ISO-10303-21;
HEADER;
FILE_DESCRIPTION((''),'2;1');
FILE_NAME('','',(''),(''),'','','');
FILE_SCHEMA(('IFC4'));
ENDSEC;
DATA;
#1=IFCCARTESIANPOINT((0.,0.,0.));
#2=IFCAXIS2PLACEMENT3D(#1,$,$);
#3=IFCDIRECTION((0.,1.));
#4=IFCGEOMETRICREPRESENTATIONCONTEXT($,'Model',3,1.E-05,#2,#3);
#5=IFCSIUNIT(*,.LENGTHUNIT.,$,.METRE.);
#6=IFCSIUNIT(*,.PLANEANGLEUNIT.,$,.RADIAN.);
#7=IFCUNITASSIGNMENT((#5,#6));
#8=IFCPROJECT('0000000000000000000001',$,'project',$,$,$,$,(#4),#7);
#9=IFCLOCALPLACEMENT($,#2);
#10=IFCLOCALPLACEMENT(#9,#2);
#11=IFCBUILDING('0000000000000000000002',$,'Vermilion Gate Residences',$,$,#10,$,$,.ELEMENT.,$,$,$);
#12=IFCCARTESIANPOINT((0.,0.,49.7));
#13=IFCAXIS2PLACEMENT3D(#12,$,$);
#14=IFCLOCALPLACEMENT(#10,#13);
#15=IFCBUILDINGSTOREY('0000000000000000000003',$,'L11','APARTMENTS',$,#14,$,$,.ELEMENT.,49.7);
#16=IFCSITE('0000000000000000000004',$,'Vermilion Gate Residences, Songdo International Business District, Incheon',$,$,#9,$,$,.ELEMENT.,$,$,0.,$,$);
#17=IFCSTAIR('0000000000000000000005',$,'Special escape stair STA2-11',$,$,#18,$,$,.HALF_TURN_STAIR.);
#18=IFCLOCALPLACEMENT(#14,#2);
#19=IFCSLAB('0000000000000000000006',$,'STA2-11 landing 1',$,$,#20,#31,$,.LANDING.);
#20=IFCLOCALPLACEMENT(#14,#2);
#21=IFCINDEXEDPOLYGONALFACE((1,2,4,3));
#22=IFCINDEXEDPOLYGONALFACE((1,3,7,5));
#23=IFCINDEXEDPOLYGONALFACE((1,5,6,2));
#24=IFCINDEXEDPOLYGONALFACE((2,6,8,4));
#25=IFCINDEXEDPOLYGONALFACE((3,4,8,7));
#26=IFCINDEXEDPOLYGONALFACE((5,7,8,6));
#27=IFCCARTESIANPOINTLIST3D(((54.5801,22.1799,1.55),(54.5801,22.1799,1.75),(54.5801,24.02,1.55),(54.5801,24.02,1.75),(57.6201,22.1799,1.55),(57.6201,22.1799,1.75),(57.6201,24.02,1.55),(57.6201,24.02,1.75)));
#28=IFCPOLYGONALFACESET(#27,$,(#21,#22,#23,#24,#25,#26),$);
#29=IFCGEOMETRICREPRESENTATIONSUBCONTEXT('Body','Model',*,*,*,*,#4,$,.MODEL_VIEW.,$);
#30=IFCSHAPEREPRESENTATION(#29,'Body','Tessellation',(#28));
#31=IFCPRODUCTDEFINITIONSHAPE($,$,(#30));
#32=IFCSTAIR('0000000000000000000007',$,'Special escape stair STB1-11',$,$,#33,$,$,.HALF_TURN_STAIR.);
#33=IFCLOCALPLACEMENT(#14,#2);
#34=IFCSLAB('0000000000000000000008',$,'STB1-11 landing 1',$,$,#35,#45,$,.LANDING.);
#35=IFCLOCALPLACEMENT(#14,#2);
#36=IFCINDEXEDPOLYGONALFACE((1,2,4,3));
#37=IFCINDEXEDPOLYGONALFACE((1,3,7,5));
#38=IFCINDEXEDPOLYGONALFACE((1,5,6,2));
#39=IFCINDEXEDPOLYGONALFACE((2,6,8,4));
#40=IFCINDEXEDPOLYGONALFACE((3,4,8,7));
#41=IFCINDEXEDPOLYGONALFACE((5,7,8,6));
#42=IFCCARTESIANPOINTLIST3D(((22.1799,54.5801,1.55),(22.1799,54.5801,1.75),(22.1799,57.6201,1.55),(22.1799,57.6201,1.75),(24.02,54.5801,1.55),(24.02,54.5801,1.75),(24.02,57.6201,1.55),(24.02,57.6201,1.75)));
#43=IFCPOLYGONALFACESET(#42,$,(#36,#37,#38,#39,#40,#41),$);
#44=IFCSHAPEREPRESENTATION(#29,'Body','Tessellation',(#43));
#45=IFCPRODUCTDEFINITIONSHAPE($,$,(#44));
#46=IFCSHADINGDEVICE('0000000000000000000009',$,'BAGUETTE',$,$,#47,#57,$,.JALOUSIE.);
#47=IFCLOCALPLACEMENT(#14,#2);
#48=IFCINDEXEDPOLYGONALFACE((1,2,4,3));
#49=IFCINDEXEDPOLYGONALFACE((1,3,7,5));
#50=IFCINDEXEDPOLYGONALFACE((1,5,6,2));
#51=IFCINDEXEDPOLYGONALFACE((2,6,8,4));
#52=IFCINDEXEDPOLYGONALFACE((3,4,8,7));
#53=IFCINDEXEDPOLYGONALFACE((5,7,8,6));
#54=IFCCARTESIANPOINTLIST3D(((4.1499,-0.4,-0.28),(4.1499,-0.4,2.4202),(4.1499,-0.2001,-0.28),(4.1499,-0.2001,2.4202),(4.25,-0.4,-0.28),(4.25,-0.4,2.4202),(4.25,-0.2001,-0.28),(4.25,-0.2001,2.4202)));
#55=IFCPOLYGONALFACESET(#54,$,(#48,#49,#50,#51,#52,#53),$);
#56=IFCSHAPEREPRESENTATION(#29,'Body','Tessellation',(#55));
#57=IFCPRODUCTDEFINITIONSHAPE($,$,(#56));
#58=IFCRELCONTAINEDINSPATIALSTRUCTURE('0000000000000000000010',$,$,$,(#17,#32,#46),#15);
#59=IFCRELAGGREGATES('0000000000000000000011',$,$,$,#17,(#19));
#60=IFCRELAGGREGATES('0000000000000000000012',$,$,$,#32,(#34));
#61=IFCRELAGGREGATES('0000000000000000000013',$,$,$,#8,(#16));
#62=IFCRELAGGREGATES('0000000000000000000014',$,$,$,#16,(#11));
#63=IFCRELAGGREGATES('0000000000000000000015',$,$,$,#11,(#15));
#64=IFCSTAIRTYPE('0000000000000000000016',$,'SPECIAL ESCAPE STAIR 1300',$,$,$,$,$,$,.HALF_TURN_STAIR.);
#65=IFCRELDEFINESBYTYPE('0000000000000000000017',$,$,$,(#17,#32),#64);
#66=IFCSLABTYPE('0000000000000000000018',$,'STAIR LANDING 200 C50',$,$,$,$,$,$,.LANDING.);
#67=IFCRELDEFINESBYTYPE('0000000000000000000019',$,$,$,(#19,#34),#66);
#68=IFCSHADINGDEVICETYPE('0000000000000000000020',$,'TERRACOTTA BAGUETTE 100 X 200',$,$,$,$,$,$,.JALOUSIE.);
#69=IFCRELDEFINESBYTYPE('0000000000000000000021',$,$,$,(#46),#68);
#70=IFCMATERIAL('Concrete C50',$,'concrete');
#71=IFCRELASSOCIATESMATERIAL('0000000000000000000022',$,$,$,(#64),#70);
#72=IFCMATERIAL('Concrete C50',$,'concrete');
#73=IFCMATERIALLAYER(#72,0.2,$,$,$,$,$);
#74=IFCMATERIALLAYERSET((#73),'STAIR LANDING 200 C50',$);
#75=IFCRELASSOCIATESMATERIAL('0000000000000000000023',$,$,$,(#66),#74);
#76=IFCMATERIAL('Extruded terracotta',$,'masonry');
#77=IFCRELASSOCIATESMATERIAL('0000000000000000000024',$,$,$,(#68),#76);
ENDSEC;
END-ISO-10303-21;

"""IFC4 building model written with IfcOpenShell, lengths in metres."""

from ifc_helpers import new_model, si_unit, direction, frame, origin, origin_2d, place, context, subcontext, project, spatial, polyline, rectangle, outline, extrude, material, layer, layer_set, material_profile, profile_set, type_object, element, aggregate, save


model = new_model("IFC4")

# Units and contexts
model_context = context("Model", 3, precision=1e-05, world=origin(), true_north=direction((0.0, 1.0)))
body_context = subcontext(model_context, "Body", "Model", "MODEL_VIEW")
ifc_project = project(units=[si_unit("LENGTHUNIT", "METRE"), si_unit("PLANEANGLEUNIT", "RADIAN")], contexts=[model_context])

# Site, building, storey
site_placement = place(None, origin())
site = spatial("IfcSite", under=ifc_project, at=site_placement, Name="Vermilion Gate Residences, Songdo International Business District, Incheon", CompositionType="ELEMENT", RefElevation=0.0)
building_placement = place(site_placement, origin())
building = spatial("IfcBuilding", under=site, at=building_placement, Name="Vermilion Gate Residences", CompositionType="ELEMENT")
storey_placement = place(building_placement, frame((0.0, 0.0, 49.7)))
storey = spatial("IfcBuildingStorey", under=building, at=storey_placement, Name="L11", Description="APARTMENTS", CompositionType="ELEMENT", Elevation=49.7)

# Stairs, slabs
ifc_material_1 = material(Name="Concrete C50", Category="concrete")
stair_type = type_object("IfcStairType", Name="SPECIAL ESCAPE STAIR 1300", PredefinedType="HALF_TURN_STAIR", material=ifc_material_1)
ifc_material_2 = material(Name="Concrete C50", Category="concrete")
ifc_layer_1 = layer(ifc_material_2, 0.2)
ifc_layer_set_1 = layer_set([ifc_layer_1], Name="STAIR LANDING 200 C50")
slab_type_1 = type_object("IfcSlabType", Name="STAIR LANDING 200 C50", PredefinedType="LANDING", material=ifc_layer_set_1)
stair_1_placement = place(storey_placement, origin())
stair_1 = element("IfcStair", 1, at=stair_1_placement, inside=storey, type_object=stair_type, Name="Special escape stair STA2-11", PredefinedType="HALF_TURN_STAIR")
slab_1_placement = place(storey_placement, frame((0.0, 0.0, 1.55)))
slab_1 = element("IfcSlab", 2, at=slab_1_placement, type_object=slab_type_1, Name="STA2-11 landing 1", PredefinedType="LANDING", context=body_context, shape_type="SweptSolid", body=[
    extrude(outline(polyline([(57.6201, 22.1799), (57.6201, 24.02), (54.5801, 24.02), (54.5801, 22.1799), (57.6201, 22.1799)])), origin(), (0.0, 0.0, 1.0), 0.2),
])
aggregate(stair_1, [slab_1])
stair_2_placement = place(storey_placement, origin())
stair_2 = element("IfcStair", 3, at=stair_2_placement, inside=storey, type_object=stair_type, Name="Special escape stair STB1-11", PredefinedType="HALF_TURN_STAIR")
slab_2_placement = place(storey_placement, frame((0.0, 0.0, 1.55)))
slab_2 = element("IfcSlab", 4, at=slab_2_placement, type_object=slab_type_1, Name="STB1-11 landing 1", PredefinedType="LANDING", context=body_context, shape_type="SweptSolid", body=[
    extrude(outline(polyline([(24.02, 54.5801), (24.02, 57.6201), (22.1799, 57.6201), (22.1799, 54.5801), (24.02, 54.5801)])), origin(), (0.0, 0.0, 1.0), 0.2),
])
aggregate(stair_2, [slab_2])

# Shading device
ifc_material_3 = material(Name="Extruded terracotta", Category="masonry")
ifc_material_profile_1 = material_profile(ifc_material_3, rectangle(XDim=0.2, YDim=0.1001, at=origin_2d()), Name="BAGUETTE 100 X 200")
ifc_profile_set_1 = profile_set([ifc_material_profile_1], Name="Extruded terracotta")
shading_device_type = type_object("IfcShadingDeviceType", Name="TERRACOTTA BAGUETTE 100 X 200", PredefinedType="JALOUSIE", material=ifc_profile_set_1)
shading_device_placement = place(storey_placement, frame((4.2, -0.3, -0.28), z_axis=(0.0, 0.0, 1.0), x_axis=(0.0, 1.0, 0.0)))
element("IfcShadingDevice", 5, at=shading_device_placement, inside=storey, type_object=shading_device_type, Name="BAGUETTE", PredefinedType="JALOUSIE", context=body_context, shape_type="SweptSolid", body=[
    extrude(rectangle(XDim=0.2, YDim=0.1001, at=origin_2d()), origin(), (0.0, 0.0, 1.0), 2.7002),
])

save(model, "model.ifc")
